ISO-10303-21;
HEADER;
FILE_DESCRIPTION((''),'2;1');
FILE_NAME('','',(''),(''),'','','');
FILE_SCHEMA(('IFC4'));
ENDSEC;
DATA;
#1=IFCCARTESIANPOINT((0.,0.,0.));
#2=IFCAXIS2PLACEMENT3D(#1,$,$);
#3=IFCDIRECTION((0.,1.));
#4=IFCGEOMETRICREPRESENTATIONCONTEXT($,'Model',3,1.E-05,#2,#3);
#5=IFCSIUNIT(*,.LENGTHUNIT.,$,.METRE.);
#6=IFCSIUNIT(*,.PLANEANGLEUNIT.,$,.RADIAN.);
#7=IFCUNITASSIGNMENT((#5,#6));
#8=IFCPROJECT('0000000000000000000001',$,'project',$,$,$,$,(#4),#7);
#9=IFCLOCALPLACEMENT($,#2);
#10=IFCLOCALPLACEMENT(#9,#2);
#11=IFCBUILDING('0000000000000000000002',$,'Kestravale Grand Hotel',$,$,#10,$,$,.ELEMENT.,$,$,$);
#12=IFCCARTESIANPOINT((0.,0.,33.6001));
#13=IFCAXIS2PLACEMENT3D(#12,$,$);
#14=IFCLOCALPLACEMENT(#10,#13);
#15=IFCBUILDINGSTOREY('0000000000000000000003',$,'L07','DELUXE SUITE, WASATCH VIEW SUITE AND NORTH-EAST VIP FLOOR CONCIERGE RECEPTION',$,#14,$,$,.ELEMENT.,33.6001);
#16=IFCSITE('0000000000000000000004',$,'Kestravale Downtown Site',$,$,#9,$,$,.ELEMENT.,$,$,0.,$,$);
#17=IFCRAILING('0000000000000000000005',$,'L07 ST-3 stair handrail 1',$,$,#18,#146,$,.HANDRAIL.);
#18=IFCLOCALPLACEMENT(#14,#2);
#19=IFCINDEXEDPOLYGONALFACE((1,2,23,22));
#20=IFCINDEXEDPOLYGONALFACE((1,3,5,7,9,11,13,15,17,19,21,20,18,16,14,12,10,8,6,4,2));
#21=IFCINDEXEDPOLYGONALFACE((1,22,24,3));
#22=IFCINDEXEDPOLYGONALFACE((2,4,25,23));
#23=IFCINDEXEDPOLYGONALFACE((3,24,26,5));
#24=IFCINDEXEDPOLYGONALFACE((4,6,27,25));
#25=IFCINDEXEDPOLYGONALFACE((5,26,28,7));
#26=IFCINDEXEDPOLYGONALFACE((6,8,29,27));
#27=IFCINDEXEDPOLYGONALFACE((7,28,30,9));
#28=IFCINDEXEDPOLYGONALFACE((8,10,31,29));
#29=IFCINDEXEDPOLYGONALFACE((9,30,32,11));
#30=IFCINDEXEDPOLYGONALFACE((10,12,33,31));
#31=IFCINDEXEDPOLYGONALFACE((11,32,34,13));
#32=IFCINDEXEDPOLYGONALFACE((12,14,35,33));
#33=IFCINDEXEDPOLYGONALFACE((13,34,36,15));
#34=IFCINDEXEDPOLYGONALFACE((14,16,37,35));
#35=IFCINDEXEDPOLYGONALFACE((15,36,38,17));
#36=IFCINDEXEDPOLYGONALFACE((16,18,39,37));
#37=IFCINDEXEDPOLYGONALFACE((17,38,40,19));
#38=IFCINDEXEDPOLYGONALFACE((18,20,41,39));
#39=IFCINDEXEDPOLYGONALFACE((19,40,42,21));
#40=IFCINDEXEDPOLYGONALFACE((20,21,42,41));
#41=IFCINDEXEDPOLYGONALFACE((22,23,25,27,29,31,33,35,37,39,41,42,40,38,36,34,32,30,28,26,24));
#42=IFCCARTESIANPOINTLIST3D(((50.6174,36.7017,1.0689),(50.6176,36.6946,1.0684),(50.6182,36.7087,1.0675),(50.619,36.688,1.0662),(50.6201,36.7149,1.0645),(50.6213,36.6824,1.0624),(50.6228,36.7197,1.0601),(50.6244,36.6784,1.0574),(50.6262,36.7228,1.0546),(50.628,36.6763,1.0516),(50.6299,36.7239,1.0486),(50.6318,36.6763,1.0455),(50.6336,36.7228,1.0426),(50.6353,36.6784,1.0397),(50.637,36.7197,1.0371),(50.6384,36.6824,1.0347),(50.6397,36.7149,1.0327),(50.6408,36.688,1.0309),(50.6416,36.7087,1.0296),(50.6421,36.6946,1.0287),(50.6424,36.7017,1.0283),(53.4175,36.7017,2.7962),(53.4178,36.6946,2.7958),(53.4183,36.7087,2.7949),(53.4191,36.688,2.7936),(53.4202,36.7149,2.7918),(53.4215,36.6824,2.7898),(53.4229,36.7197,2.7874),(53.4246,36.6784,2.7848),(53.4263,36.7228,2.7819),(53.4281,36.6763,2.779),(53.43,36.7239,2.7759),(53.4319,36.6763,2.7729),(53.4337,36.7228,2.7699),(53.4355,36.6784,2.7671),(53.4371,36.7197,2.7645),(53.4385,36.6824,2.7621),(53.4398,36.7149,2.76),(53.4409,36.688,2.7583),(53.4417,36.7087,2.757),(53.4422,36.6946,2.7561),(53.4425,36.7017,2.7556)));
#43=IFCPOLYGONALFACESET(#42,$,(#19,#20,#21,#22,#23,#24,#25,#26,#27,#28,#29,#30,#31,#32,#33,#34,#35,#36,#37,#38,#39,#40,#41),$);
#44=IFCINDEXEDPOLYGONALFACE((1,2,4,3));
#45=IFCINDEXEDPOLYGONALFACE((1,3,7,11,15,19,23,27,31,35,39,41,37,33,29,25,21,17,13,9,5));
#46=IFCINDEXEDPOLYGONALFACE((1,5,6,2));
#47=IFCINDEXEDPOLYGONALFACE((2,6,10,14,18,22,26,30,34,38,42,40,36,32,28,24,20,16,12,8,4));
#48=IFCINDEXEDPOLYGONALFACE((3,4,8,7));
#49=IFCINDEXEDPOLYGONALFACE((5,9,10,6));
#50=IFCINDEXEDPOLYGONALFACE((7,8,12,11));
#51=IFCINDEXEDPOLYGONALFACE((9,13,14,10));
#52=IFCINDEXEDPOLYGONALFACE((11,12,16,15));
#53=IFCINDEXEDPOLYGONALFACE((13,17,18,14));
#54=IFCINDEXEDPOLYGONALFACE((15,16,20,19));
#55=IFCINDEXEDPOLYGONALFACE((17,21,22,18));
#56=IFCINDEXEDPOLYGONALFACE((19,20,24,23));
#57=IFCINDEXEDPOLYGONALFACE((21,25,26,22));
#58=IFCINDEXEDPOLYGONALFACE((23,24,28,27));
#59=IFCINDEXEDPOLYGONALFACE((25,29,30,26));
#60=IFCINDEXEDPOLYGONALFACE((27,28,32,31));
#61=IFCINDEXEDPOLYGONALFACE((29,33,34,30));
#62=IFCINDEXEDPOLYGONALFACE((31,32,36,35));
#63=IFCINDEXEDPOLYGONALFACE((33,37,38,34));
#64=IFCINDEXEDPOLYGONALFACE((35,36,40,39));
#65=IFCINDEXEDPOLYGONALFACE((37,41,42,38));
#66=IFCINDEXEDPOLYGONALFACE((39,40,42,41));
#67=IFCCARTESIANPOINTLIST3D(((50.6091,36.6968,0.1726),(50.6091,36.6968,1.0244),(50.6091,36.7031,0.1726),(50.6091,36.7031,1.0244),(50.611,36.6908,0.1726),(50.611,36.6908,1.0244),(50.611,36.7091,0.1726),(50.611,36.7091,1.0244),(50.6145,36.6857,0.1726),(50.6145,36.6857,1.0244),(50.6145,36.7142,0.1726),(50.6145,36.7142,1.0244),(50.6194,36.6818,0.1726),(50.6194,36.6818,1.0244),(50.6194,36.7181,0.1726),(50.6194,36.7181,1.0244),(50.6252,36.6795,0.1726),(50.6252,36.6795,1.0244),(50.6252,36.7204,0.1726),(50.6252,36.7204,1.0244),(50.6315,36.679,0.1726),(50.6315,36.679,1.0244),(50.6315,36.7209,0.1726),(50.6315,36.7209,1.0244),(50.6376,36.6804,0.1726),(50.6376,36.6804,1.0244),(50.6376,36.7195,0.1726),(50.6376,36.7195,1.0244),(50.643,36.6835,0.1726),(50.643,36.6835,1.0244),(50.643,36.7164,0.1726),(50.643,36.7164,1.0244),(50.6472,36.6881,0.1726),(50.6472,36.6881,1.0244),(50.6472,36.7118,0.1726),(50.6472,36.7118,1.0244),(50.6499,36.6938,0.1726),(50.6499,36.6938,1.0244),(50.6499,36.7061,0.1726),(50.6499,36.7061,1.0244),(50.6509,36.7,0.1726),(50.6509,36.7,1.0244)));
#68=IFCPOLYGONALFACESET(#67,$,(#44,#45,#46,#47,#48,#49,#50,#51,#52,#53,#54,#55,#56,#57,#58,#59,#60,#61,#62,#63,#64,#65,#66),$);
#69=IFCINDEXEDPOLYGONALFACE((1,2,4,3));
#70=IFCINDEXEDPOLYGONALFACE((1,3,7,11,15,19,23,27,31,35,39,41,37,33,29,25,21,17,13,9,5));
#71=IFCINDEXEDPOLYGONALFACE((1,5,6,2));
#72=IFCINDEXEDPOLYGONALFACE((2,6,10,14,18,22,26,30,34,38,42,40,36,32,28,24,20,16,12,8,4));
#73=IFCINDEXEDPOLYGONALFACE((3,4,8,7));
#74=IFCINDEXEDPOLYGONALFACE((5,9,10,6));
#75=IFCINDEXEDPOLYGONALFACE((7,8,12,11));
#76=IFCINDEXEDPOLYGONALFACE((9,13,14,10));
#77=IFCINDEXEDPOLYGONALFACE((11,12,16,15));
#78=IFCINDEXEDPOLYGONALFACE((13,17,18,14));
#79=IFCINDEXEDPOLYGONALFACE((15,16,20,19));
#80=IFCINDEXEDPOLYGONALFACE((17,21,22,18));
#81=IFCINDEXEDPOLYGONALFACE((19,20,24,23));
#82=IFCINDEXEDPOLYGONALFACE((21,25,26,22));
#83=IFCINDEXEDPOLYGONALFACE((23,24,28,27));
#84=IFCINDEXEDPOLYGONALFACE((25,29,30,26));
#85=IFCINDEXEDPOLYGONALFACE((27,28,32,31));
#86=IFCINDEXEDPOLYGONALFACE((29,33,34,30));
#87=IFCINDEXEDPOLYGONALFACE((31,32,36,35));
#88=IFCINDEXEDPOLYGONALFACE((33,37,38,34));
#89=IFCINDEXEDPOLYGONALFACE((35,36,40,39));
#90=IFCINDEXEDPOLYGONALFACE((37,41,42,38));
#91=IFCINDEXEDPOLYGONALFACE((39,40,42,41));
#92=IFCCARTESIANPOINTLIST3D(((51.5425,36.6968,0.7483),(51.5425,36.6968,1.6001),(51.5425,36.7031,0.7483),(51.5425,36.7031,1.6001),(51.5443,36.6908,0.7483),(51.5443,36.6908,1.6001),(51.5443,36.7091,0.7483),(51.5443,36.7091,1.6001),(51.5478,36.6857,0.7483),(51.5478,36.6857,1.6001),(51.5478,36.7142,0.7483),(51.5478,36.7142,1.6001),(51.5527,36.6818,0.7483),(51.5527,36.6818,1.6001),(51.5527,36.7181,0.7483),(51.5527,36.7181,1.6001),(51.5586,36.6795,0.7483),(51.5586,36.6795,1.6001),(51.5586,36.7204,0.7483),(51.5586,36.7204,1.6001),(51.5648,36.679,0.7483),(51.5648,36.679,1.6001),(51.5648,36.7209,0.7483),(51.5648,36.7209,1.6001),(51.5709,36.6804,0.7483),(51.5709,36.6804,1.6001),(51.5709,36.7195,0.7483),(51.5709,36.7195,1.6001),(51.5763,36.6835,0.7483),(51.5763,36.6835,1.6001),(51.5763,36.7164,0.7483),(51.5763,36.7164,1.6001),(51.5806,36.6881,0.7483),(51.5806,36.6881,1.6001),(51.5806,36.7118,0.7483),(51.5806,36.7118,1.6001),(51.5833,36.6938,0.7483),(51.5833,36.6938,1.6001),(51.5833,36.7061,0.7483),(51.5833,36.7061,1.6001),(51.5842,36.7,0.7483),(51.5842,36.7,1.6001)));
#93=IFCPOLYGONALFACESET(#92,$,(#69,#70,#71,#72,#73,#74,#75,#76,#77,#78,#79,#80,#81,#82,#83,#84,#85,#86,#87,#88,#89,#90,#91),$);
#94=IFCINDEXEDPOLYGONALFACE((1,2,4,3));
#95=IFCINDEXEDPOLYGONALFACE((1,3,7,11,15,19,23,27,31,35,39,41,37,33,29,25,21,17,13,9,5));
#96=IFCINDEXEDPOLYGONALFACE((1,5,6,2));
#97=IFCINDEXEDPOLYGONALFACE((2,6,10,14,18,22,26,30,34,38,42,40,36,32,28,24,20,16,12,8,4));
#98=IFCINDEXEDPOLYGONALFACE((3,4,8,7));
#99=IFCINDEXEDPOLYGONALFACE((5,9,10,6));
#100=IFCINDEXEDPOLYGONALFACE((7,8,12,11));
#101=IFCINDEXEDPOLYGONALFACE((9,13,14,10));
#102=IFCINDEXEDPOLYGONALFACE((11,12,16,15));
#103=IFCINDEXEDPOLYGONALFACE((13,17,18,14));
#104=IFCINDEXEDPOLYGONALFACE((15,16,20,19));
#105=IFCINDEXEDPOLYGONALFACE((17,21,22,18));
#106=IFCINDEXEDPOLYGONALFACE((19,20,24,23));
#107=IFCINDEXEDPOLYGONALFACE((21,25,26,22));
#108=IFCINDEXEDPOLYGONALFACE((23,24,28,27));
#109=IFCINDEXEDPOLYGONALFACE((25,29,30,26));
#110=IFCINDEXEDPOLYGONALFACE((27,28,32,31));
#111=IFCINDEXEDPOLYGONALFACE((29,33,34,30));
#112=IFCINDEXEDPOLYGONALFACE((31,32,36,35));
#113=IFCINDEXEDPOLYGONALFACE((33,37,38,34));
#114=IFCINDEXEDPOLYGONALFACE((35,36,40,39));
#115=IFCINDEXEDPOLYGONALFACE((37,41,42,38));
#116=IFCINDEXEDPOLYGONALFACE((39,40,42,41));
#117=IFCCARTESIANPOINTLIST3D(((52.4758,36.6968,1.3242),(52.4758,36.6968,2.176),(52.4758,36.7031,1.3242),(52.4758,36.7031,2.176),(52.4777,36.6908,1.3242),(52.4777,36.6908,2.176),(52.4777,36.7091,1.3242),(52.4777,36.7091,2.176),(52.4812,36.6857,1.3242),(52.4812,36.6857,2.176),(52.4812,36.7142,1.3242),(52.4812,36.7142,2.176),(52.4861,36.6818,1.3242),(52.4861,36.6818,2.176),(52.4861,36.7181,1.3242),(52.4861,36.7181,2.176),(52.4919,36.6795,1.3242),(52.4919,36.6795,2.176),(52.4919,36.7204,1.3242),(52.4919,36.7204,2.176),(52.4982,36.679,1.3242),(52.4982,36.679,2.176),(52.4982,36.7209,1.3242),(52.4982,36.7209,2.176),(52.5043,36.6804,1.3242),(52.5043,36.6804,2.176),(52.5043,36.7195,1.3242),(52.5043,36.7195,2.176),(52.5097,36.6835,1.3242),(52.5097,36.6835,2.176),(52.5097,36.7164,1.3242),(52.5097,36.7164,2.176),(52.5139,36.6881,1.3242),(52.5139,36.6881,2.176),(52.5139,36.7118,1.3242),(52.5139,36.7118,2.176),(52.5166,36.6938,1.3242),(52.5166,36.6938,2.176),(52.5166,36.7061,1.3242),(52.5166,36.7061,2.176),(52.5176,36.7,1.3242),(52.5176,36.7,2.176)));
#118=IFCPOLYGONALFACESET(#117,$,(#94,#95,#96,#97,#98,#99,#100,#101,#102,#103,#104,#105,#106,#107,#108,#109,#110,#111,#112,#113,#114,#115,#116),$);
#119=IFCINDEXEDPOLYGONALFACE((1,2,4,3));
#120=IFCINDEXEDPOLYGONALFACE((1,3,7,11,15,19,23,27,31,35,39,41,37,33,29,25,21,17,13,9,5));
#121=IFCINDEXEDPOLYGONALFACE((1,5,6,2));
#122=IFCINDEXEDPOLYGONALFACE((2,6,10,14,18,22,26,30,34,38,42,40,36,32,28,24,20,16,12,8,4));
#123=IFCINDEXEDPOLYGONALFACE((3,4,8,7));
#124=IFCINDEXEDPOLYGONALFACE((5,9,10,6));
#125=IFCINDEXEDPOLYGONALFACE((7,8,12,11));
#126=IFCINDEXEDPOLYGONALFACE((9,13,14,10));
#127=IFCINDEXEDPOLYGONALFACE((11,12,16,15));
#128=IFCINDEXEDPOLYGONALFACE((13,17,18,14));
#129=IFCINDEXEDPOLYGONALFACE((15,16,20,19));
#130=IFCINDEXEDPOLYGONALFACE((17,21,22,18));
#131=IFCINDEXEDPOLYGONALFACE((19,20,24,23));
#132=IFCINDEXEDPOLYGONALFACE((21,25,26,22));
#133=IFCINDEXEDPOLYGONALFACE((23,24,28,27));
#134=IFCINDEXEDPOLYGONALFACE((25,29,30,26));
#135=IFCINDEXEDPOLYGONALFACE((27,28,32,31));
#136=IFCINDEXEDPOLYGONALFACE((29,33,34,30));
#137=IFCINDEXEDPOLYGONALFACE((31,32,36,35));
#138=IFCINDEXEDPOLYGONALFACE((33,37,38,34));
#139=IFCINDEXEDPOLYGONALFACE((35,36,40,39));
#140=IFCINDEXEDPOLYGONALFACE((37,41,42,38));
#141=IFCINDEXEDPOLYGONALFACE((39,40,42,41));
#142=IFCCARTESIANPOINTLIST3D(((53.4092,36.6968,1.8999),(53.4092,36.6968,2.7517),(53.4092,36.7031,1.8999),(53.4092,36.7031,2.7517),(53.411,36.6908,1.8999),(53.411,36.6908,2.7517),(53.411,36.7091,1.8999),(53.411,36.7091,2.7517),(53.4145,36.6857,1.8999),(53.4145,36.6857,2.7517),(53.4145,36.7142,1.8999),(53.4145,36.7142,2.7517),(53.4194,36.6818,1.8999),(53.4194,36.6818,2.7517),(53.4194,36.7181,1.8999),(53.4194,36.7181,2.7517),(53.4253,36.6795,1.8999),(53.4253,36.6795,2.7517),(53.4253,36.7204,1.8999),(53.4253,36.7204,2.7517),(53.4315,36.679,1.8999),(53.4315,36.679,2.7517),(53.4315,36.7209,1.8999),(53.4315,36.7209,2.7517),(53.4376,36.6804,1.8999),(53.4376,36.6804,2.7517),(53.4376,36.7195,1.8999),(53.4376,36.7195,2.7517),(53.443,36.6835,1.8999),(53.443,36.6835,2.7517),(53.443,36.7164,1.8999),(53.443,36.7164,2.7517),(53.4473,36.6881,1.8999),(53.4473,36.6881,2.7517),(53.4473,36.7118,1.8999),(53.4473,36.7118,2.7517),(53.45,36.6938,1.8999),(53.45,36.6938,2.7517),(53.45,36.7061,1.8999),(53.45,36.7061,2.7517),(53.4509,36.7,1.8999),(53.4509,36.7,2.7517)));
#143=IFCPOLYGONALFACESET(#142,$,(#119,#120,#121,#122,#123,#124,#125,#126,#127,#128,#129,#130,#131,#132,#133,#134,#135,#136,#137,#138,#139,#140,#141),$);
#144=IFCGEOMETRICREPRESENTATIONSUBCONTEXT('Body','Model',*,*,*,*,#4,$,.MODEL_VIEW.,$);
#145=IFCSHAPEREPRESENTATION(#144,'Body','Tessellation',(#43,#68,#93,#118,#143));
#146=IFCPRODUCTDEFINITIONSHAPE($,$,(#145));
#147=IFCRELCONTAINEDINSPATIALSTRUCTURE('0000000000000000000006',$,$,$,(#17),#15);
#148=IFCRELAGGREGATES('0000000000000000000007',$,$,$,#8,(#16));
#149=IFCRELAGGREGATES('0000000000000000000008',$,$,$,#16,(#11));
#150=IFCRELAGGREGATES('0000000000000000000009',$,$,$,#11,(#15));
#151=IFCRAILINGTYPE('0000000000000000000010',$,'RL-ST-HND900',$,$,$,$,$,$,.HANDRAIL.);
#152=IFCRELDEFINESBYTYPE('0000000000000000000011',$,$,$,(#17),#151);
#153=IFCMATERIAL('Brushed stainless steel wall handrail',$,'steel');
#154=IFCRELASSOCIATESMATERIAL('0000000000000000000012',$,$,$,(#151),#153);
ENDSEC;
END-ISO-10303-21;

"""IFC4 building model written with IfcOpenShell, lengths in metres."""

from ifc_helpers import new_model, si_unit, direction, frame, origin, origin_2d, place, context, subcontext, project, spatial, circle, extrude, material, type_object, element, save


model = new_model("IFC4")

# Units and contexts
model_context = context("Model", 3, precision=1e-05, world=origin(), true_north=direction((0.0, 1.0)))
body_context = subcontext(model_context, "Body", "Model", "MODEL_VIEW")
ifc_project = project(units=[si_unit("LENGTHUNIT", "METRE"), si_unit("PLANEANGLEUNIT", "RADIAN")], contexts=[model_context])

# Site, building, storey
site_placement = place(None, origin())
site = spatial("IfcSite", under=ifc_project, at=site_placement, Name="Kestravale Downtown Site", CompositionType="ELEMENT", RefElevation=0.0)
building_placement = place(site_placement, origin())
building = spatial("IfcBuilding", under=site, at=building_placement, Name="Kestravale Grand Hotel", CompositionType="ELEMENT")
storey_placement = place(building_placement, frame((0.0, 0.0, 33.6001)))
storey = spatial("IfcBuildingStorey", under=building, at=storey_placement, Name="L07", Description="DELUXE SUITE, WASATCH VIEW SUITE AND NORTH-EAST VIP FLOOR CONCIERGE RECEPTION", CompositionType="ELEMENT", Elevation=33.6001)

# Railing
ifc_material_1 = material(Name="Brushed stainless steel wall handrail", Category="steel")
railing_type_1 = type_object("IfcRailingType", Name="RL-ST-HND900", PredefinedType="HANDRAIL", material=ifc_material_1)
railing_1_placement = place(storey_placement, frame((50.6299, 36.7, 0.1726)))
element("IfcRailing", 1, at=railing_1_placement, inside=storey, type_object=railing_type_1, Name="L07 ST-3 stair handrail 1", PredefinedType="HANDRAIL", context=body_context, shape_type="SweptSolid", body=[
    extrude(circle(Radius=0.0239, at=origin_2d()), frame((0.0, 0.0, 0.876), z_axis=(0.85109, 0.0, 0.52502), x_axis=(0.0, 1.0, 0.0)), (0.0, 0.0, 1.0), 3.29),
    extrude(circle(Radius=0.021, at=origin_2d()), origin(), (0.0, 0.0, 1.0), 0.8518),
    extrude(circle(Radius=0.021, at=origin_2d()), frame((0.9333, 0.0, 0.5757)), (0.0, 0.0, 1.0), 0.8518),
    extrude(circle(Radius=0.021, at=origin_2d()), frame((1.8667, 0.0, 1.1516)), (0.0, 0.0, 1.0), 0.8518),
    extrude(circle(Radius=0.021, at=origin_2d()), frame((2.8, 0.0, 1.7273)), (0.0, 0.0, 1.0), 0.8518),
])

save(model, "model.ifc")
